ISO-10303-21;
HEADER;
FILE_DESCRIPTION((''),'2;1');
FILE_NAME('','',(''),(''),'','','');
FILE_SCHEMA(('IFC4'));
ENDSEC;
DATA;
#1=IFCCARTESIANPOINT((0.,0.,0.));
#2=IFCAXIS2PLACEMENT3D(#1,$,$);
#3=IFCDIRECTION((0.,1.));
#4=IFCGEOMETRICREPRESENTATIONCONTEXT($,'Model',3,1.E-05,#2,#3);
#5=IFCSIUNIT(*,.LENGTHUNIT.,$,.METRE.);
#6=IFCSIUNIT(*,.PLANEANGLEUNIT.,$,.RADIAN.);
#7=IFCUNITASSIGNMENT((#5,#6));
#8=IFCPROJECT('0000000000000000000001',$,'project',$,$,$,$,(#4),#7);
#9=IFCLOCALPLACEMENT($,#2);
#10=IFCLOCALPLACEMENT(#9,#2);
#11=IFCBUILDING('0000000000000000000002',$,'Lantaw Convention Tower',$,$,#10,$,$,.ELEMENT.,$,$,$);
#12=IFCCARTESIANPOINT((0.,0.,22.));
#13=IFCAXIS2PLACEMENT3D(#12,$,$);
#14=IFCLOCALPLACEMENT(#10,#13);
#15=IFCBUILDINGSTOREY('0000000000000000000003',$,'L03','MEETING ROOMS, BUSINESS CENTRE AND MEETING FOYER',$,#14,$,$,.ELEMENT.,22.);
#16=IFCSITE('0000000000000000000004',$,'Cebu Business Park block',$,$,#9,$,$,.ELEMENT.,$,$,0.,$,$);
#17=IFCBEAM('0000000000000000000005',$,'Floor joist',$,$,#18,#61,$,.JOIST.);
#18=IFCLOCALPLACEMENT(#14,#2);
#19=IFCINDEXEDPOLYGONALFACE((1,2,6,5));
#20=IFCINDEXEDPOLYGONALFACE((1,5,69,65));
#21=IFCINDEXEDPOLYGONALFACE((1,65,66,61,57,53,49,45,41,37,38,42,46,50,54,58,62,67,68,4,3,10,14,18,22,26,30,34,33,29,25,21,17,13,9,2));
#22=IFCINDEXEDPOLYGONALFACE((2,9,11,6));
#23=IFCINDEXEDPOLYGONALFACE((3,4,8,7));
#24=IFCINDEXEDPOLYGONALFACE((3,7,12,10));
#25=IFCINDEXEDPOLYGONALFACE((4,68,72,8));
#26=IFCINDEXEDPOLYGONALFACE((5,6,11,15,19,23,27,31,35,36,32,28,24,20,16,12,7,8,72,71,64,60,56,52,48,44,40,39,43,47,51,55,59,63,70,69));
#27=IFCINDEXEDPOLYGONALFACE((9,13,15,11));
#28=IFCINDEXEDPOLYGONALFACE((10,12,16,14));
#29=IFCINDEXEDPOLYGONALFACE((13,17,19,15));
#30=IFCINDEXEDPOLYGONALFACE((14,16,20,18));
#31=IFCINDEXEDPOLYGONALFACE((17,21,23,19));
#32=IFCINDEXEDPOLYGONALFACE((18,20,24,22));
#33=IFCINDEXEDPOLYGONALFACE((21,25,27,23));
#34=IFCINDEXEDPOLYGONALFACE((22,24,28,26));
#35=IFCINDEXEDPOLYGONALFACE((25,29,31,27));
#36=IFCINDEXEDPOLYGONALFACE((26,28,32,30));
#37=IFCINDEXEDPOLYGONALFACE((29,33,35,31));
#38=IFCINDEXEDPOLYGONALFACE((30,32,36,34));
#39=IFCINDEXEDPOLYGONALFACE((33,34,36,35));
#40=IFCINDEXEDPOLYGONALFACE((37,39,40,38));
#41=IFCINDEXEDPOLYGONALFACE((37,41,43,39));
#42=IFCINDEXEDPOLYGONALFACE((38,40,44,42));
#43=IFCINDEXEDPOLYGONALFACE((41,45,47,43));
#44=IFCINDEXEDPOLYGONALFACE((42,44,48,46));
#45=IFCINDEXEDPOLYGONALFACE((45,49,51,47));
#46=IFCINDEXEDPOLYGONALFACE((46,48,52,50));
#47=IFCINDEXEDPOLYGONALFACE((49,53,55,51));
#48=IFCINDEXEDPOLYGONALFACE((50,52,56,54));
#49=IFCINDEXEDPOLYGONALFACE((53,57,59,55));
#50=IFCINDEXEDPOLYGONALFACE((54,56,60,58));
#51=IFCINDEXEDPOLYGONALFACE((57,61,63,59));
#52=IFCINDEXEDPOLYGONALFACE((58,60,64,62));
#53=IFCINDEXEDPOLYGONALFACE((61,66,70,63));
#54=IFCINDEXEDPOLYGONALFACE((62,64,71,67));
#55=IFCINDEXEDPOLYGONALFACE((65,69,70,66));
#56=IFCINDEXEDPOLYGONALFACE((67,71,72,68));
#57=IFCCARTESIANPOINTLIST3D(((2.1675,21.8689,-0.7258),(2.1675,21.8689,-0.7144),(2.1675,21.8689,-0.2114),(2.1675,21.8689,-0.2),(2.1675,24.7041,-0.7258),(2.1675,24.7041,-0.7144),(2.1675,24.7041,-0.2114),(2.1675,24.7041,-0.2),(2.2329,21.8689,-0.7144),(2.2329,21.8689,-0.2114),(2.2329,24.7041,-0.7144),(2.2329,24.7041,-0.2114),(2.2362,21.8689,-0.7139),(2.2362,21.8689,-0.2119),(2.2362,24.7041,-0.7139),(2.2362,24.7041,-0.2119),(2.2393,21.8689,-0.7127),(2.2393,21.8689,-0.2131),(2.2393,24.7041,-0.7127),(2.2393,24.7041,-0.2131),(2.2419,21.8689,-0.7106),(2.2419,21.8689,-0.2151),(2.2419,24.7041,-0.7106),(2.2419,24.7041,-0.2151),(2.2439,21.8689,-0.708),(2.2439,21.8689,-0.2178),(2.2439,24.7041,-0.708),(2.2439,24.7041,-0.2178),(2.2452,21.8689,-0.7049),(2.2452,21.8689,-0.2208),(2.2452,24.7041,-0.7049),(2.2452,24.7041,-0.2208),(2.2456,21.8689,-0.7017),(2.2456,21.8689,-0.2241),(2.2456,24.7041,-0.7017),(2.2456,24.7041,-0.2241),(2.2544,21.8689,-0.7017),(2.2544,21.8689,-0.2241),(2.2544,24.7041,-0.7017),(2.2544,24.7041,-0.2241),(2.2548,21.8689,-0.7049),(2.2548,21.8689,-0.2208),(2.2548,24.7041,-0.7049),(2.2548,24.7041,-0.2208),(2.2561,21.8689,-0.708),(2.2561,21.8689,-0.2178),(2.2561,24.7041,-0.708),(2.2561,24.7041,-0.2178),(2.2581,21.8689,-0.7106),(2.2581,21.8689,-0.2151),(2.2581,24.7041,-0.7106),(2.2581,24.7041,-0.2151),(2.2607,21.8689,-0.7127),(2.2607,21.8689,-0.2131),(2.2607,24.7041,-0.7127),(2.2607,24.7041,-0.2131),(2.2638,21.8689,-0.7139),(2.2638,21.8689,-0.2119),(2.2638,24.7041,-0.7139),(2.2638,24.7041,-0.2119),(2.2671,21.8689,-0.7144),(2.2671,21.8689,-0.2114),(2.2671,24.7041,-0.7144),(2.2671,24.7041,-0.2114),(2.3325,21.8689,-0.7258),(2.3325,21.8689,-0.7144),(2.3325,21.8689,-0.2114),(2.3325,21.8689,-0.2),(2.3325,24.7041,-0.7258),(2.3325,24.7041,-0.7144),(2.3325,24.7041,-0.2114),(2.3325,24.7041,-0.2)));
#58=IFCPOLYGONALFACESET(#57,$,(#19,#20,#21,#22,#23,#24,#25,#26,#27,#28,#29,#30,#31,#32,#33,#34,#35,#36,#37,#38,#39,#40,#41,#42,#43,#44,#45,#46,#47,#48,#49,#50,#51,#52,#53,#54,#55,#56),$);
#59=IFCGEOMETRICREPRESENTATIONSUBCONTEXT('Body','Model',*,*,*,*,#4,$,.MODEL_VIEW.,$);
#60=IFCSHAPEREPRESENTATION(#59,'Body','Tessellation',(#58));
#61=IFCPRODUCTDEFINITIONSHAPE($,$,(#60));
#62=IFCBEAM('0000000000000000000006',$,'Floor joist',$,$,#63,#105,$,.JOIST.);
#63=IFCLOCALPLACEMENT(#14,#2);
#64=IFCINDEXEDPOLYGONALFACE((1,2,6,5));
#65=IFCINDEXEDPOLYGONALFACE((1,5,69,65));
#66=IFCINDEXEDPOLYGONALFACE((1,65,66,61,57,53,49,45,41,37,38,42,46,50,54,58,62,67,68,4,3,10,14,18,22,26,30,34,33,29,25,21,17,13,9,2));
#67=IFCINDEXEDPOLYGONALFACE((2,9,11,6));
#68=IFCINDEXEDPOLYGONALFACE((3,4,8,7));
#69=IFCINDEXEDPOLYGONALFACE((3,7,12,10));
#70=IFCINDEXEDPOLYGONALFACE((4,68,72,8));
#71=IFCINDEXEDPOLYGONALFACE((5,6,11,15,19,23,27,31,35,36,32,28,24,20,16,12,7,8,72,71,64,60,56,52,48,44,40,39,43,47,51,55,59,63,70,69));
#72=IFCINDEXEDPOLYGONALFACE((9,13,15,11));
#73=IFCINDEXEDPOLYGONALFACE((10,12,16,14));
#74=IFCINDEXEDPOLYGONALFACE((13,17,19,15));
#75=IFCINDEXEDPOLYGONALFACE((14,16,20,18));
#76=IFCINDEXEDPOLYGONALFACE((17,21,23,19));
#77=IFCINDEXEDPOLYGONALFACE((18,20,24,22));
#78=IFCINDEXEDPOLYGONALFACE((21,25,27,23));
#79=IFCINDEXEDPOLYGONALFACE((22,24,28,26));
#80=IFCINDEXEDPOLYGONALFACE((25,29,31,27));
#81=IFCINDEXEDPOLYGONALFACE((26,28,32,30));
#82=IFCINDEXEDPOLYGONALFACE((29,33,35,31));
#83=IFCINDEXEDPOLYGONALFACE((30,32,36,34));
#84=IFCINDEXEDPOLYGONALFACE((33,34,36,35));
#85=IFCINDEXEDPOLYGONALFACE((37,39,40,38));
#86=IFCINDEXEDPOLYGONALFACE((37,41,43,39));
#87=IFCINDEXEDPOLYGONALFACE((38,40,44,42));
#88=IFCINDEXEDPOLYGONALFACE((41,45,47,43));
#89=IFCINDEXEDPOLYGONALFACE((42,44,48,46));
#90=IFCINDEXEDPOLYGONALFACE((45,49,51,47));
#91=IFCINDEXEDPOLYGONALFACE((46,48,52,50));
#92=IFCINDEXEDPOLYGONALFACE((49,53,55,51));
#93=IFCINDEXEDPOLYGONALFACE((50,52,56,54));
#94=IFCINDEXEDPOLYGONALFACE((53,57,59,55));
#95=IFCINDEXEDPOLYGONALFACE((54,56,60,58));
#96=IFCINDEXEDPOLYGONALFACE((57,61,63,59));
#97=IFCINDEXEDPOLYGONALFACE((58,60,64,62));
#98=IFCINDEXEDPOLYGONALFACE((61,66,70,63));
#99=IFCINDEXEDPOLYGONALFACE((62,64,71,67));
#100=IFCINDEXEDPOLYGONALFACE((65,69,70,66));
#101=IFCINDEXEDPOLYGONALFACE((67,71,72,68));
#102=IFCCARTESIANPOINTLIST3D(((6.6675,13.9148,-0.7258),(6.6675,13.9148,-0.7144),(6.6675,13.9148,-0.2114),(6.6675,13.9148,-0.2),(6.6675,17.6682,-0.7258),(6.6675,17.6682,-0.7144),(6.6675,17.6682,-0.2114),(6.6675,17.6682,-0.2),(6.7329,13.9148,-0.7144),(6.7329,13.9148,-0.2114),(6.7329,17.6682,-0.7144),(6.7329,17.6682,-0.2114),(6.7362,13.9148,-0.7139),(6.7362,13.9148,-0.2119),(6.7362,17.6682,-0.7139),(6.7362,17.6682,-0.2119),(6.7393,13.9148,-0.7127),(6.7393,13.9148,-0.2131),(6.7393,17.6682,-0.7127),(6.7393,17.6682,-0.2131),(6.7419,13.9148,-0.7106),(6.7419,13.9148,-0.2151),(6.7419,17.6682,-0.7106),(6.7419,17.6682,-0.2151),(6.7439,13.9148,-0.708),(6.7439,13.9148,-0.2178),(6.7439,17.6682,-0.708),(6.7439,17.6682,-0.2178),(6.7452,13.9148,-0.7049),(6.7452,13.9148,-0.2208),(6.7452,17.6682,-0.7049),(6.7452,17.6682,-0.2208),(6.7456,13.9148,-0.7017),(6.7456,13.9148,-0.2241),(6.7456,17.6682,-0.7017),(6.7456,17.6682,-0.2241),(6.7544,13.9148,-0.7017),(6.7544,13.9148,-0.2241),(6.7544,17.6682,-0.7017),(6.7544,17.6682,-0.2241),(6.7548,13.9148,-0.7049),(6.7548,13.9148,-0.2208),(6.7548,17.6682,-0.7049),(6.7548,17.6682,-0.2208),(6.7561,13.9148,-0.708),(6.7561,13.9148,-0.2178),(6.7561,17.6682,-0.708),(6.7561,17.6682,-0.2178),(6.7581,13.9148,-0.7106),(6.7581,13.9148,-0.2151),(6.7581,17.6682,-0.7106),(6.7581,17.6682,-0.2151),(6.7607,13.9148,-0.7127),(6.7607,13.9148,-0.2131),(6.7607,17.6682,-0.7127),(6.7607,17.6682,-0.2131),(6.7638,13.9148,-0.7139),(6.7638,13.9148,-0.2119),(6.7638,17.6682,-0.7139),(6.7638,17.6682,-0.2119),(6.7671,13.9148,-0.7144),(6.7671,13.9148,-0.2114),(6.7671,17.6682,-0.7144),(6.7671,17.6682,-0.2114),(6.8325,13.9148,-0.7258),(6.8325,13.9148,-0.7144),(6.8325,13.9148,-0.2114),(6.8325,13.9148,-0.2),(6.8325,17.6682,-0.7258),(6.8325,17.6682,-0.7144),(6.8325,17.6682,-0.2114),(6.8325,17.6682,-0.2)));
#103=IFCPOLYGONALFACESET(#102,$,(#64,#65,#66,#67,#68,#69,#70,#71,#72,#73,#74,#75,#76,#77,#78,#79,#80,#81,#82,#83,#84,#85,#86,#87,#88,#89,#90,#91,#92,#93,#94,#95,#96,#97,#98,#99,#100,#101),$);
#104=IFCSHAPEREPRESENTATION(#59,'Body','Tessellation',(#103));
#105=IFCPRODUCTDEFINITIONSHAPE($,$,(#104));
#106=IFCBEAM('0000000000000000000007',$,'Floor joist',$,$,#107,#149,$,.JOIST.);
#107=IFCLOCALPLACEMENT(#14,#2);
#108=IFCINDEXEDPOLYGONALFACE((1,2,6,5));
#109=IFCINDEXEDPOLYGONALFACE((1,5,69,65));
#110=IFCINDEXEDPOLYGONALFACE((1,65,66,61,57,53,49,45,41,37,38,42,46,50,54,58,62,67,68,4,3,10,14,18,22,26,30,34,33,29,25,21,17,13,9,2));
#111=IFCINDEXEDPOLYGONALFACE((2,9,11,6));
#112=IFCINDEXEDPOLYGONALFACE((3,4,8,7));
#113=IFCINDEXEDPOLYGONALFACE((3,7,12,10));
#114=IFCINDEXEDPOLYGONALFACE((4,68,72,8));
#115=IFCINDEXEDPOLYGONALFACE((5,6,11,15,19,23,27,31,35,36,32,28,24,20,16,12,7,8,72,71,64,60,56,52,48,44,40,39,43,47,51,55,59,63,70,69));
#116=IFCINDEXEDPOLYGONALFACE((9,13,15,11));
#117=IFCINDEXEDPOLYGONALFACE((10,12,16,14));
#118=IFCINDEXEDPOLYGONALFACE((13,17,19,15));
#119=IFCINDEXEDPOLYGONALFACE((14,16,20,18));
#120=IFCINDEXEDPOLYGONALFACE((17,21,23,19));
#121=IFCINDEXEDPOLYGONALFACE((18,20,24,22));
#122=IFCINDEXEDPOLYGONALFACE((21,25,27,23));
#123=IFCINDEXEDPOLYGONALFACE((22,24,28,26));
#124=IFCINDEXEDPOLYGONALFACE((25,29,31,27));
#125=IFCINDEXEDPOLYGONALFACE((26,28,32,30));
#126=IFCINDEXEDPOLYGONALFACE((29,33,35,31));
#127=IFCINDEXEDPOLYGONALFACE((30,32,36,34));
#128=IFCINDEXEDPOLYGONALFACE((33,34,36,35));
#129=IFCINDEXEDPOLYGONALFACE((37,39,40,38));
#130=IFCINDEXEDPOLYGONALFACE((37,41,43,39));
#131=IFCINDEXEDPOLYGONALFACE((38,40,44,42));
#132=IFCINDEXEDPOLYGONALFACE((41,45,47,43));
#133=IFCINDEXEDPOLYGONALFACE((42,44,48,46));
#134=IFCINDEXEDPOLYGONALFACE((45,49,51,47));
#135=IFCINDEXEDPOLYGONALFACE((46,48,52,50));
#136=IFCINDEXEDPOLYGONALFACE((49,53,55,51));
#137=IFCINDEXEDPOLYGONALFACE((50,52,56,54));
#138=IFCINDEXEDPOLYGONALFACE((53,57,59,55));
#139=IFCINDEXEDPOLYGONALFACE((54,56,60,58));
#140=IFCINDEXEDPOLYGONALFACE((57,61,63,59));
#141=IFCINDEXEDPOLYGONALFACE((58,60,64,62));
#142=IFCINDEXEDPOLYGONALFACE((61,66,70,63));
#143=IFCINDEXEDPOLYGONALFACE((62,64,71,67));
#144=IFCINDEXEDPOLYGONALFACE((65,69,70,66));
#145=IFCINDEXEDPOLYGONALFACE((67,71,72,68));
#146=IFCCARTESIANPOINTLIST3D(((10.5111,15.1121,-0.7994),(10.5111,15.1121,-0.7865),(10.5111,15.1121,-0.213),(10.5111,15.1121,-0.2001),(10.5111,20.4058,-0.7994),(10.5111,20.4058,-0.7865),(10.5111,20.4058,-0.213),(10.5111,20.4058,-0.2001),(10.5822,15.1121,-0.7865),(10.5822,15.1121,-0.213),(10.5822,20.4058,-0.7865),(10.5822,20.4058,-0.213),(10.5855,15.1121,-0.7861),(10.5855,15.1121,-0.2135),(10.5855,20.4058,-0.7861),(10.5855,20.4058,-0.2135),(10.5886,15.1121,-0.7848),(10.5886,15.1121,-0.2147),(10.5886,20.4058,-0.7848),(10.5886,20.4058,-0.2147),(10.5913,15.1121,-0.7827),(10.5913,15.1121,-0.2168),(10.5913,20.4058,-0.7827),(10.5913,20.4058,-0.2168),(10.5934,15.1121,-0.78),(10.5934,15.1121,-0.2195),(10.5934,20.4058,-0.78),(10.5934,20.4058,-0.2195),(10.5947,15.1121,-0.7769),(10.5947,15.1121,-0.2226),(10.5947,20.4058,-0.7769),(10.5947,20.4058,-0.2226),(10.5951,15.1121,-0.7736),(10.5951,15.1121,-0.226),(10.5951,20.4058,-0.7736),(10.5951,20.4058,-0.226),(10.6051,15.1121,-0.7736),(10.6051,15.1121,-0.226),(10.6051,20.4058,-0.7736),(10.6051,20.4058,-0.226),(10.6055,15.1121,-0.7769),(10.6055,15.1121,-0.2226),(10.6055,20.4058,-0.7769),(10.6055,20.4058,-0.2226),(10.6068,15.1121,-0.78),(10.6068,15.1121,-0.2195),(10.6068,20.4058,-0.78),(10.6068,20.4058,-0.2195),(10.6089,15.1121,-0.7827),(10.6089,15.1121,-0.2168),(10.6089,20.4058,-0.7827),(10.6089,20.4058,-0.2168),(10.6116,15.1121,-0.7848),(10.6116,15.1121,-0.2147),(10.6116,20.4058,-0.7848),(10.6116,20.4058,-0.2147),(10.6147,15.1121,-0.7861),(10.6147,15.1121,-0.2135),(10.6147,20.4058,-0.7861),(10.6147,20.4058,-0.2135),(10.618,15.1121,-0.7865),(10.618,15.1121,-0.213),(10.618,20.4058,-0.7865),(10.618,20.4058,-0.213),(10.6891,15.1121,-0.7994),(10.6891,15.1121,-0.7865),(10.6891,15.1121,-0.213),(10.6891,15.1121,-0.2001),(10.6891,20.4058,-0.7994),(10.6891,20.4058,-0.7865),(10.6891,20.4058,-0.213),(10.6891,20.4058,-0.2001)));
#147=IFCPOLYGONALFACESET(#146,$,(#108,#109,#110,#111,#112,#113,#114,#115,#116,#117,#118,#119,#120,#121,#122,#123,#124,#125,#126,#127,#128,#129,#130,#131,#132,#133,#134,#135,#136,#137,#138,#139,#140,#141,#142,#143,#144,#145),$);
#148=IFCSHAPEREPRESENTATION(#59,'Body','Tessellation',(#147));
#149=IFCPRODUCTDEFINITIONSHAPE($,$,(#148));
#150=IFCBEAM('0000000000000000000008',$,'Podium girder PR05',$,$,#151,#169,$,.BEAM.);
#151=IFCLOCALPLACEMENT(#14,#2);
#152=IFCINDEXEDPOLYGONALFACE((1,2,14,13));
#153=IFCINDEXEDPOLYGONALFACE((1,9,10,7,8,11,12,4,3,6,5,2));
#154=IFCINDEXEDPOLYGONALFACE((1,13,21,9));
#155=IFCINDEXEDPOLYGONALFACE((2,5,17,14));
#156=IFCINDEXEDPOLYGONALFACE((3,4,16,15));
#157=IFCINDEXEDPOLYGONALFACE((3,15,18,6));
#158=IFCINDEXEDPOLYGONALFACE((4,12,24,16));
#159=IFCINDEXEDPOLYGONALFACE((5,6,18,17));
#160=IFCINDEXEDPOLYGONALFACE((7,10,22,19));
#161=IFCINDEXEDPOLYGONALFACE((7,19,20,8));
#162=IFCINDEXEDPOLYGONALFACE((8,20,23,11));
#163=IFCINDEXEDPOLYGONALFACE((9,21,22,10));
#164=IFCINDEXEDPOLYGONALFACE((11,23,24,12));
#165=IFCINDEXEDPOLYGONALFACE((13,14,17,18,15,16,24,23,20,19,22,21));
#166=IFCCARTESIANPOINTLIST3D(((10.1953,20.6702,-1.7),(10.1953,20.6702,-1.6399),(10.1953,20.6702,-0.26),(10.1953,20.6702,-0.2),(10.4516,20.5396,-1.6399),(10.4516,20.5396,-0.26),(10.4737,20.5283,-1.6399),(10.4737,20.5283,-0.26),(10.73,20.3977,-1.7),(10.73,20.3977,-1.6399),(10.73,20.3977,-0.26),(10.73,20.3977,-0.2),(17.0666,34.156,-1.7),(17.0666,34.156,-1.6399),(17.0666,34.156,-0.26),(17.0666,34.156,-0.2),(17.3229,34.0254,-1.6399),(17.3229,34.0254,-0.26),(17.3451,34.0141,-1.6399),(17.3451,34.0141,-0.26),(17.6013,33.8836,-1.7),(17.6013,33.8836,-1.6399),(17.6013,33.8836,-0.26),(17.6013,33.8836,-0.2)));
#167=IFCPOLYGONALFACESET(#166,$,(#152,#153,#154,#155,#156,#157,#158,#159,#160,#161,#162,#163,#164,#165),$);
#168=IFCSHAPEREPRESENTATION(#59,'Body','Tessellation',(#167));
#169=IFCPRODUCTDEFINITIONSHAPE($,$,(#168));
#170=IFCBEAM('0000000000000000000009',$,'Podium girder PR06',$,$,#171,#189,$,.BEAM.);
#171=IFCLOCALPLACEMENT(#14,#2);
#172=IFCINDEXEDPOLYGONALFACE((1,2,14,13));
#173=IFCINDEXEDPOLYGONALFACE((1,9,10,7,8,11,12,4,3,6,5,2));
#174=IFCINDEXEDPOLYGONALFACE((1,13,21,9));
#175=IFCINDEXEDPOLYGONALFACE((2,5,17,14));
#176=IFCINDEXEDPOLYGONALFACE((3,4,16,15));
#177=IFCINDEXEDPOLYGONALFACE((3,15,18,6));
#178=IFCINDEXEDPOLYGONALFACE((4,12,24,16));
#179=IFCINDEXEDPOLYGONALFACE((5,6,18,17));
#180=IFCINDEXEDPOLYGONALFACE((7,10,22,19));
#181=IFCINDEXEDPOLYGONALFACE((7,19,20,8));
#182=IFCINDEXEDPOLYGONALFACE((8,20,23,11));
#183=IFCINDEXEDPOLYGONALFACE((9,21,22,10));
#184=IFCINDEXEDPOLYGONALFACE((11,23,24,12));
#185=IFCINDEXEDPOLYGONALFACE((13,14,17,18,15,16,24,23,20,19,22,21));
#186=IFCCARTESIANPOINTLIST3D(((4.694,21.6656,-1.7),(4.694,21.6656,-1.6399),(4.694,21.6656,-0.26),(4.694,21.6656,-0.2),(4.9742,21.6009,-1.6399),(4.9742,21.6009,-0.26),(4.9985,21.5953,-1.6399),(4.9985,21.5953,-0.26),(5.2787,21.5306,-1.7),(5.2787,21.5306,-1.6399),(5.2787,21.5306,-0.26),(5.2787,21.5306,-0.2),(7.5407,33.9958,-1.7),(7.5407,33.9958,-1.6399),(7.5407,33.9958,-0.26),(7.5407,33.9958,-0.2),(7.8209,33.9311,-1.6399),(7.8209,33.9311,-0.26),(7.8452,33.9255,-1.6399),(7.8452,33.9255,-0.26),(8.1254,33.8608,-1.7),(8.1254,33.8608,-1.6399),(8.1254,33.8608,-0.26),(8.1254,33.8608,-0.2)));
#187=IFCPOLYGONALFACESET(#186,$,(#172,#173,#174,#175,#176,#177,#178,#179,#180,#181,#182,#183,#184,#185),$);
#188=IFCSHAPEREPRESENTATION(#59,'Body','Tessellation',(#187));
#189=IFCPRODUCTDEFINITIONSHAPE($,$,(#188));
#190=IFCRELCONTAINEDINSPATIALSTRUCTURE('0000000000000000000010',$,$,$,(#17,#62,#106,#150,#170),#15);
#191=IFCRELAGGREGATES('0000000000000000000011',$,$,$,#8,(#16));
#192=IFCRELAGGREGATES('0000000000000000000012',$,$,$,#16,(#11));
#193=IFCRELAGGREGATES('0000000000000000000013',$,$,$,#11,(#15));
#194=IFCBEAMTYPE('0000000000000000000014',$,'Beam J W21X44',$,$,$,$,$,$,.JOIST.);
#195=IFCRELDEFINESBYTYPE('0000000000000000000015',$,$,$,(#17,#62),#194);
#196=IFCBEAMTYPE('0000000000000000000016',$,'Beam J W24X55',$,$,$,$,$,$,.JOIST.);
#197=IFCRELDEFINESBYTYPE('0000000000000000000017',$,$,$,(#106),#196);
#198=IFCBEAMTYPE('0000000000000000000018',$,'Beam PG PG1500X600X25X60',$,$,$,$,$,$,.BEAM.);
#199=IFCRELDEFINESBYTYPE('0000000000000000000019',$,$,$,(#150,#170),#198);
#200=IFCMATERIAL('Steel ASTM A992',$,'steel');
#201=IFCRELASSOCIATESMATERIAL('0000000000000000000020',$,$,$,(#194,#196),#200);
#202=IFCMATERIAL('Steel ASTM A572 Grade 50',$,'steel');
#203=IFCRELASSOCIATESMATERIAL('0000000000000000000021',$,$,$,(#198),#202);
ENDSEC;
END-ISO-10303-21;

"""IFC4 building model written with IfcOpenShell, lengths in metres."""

from ifc_helpers import new_model, si_unit, direction, frame, origin, origin_2d, place, context, subcontext, project, spatial, i_section, extrude, material, material_profile, profile_set, type_object, element, save


model = new_model("IFC4")

# Units and contexts
model_context = context("Model", 3, precision=1e-05, world=origin(), true_north=direction((0.0, 1.0)))
body_context = subcontext(model_context, "Body", "Model", "MODEL_VIEW")
ifc_project = project(units=[si_unit("LENGTHUNIT", "METRE"), si_unit("PLANEANGLEUNIT", "RADIAN")], contexts=[model_context])

# Site, building, storey
site_placement = place(None, origin())
site = spatial("IfcSite", under=ifc_project, at=site_placement, Name="Cebu Business Park block", CompositionType="ELEMENT", RefElevation=0.0)
building_placement = place(site_placement, origin())
building = spatial("IfcBuilding", under=site, at=building_placement, Name="Lantaw Convention Tower", CompositionType="ELEMENT")
storey_placement = place(building_placement, frame((0.0, 0.0, 22.0)))
storey = spatial("IfcBuildingStorey", under=building, at=storey_placement, Name="L03", Description="MEETING ROOMS, BUSINESS CENTRE AND MEETING FOYER", CompositionType="ELEMENT", Elevation=22.0)

# Shared definitions
ifc_material_1 = material(Name="Steel ASTM A572 Grade 50", Category="steel")

# Beams
ifc_material_2 = material(Name="Steel ASTM A992", Category="steel")
ifc_material_profile_1 = material_profile(ifc_material_2, i_section(OverallWidth=0.165, OverallDepth=0.5259, WebThickness=0.0088, FlangeThickness=0.0115, FilletRadius=0.0127, at=origin_2d()), Name="W21X44")
ifc_profile_set_1 = profile_set([ifc_material_profile_1], Name="Steel ASTM A992")
beam_type_1 = type_object("IfcBeamType", Name="Beam J W21X44", PredefinedType="JOIST", material=ifc_profile_set_1)
beam_1_placement = place(storey_placement, frame((2.25, 21.8689, -0.4629), z_axis=(0.0, 1.0, 0.0), x_axis=(-1.0, 0.0, 0.0)))
element("IfcBeam", 1, at=beam_1_placement, inside=storey, type_object=beam_type_1, Name="Floor joist", PredefinedType="JOIST", context=body_context, shape_type="SweptSolid", body=[
    extrude(i_section(OverallWidth=0.165, OverallDepth=0.5259, WebThickness=0.0088, FlangeThickness=0.0115, FilletRadius=0.0127, at=origin_2d()), origin(), (0.0, 0.0, 1.0), 2.8352),
])
beam_2_placement = place(storey_placement, frame((6.75, 13.9148, -0.4629), z_axis=(0.0, 1.0, 0.0), x_axis=(-1.0, 0.0, 0.0)))
element("IfcBeam", 2, at=beam_2_placement, inside=storey, type_object=beam_type_1, Name="Floor joist", PredefinedType="JOIST", context=body_context, shape_type="SweptSolid", body=[
    extrude(i_section(OverallWidth=0.165, OverallDepth=0.5259, WebThickness=0.0088, FlangeThickness=0.0115, FilletRadius=0.0127, at=origin_2d()), origin(), (0.0, 0.0, 1.0), 3.7534),
])
ifc_material_profile_2 = material_profile(ifc_material_2, i_section(OverallWidth=0.178, OverallDepth=0.5994, WebThickness=0.01, FlangeThickness=0.0129, FilletRadius=0.0129, at=origin_2d()), Name="W24X55")
ifc_profile_set_2 = profile_set([ifc_material_profile_2], Name="Steel ASTM A992")
beam_type_2 = type_object("IfcBeamType", Name="Beam J W24X55", PredefinedType="JOIST", material=ifc_profile_set_2)
beam_3_placement = place(storey_placement, frame((10.6001, 15.1121, -0.4998), z_axis=(0.0, 1.0, 0.0), x_axis=(-1.0, 0.0, 0.0)))
element("IfcBeam", 3, at=beam_3_placement, inside=storey, type_object=beam_type_2, Name="Floor joist", PredefinedType="JOIST", context=body_context, shape_type="SweptSolid", body=[
    extrude(i_section(OverallWidth=0.178, OverallDepth=0.5994, WebThickness=0.01, FlangeThickness=0.0129, FilletRadius=0.0129, at=origin_2d()), origin(), (0.0, 0.0, 1.0), 5.2937),
])
ifc_material_profile_3 = material_profile(ifc_material_1, i_section(OverallWidth=0.6001, OverallDepth=1.5, WebThickness=0.0249, FlangeThickness=0.0601, at=origin_2d()), Name="PG1500X600X25X60")
ifc_profile_set_3 = profile_set([ifc_material_profile_3], Name="Steel ASTM A572 Grade 50")
beam_type_3 = type_object("IfcBeamType", Name="Beam PG PG1500X600X25X60", PredefinedType="BEAM", material=ifc_profile_set_3)
beam_4_placement = place(storey_placement, frame((10.4626, 20.5339, -0.95), z_axis=(0.453988, 0.891008, 0.0), x_axis=(-0.891008, 0.453988, 0.0)))
element("IfcBeam", 4, at=beam_4_placement, inside=storey, type_object=beam_type_3, Name="Podium girder PR05", PredefinedType="BEAM", context=body_context, shape_type="SweptSolid", body=[
    extrude(i_section(OverallWidth=0.6001, OverallDepth=1.5, WebThickness=0.0249, FlangeThickness=0.0601, at=origin_2d()), origin(), (0.0, 0.0, 1.0), 15.1355),
])
beam_5_placement = place(storey_placement, frame((4.9863, 21.5981, -0.95), z_axis=(0.224955, 0.974369, 0.0), x_axis=(-0.974369, 0.224955, 0.0)))
element("IfcBeam", 5, at=beam_5_placement, inside=storey, type_object=beam_type_3, Name="Podium girder PR06", PredefinedType="BEAM", context=body_context, shape_type="SweptSolid", body=[
    extrude(i_section(OverallWidth=0.6001, OverallDepth=1.5, WebThickness=0.0249, FlangeThickness=0.0601, at=origin_2d()), origin(), (0.0, 0.0, 1.0), 12.6545),
])

save(model, "model.ifc")
